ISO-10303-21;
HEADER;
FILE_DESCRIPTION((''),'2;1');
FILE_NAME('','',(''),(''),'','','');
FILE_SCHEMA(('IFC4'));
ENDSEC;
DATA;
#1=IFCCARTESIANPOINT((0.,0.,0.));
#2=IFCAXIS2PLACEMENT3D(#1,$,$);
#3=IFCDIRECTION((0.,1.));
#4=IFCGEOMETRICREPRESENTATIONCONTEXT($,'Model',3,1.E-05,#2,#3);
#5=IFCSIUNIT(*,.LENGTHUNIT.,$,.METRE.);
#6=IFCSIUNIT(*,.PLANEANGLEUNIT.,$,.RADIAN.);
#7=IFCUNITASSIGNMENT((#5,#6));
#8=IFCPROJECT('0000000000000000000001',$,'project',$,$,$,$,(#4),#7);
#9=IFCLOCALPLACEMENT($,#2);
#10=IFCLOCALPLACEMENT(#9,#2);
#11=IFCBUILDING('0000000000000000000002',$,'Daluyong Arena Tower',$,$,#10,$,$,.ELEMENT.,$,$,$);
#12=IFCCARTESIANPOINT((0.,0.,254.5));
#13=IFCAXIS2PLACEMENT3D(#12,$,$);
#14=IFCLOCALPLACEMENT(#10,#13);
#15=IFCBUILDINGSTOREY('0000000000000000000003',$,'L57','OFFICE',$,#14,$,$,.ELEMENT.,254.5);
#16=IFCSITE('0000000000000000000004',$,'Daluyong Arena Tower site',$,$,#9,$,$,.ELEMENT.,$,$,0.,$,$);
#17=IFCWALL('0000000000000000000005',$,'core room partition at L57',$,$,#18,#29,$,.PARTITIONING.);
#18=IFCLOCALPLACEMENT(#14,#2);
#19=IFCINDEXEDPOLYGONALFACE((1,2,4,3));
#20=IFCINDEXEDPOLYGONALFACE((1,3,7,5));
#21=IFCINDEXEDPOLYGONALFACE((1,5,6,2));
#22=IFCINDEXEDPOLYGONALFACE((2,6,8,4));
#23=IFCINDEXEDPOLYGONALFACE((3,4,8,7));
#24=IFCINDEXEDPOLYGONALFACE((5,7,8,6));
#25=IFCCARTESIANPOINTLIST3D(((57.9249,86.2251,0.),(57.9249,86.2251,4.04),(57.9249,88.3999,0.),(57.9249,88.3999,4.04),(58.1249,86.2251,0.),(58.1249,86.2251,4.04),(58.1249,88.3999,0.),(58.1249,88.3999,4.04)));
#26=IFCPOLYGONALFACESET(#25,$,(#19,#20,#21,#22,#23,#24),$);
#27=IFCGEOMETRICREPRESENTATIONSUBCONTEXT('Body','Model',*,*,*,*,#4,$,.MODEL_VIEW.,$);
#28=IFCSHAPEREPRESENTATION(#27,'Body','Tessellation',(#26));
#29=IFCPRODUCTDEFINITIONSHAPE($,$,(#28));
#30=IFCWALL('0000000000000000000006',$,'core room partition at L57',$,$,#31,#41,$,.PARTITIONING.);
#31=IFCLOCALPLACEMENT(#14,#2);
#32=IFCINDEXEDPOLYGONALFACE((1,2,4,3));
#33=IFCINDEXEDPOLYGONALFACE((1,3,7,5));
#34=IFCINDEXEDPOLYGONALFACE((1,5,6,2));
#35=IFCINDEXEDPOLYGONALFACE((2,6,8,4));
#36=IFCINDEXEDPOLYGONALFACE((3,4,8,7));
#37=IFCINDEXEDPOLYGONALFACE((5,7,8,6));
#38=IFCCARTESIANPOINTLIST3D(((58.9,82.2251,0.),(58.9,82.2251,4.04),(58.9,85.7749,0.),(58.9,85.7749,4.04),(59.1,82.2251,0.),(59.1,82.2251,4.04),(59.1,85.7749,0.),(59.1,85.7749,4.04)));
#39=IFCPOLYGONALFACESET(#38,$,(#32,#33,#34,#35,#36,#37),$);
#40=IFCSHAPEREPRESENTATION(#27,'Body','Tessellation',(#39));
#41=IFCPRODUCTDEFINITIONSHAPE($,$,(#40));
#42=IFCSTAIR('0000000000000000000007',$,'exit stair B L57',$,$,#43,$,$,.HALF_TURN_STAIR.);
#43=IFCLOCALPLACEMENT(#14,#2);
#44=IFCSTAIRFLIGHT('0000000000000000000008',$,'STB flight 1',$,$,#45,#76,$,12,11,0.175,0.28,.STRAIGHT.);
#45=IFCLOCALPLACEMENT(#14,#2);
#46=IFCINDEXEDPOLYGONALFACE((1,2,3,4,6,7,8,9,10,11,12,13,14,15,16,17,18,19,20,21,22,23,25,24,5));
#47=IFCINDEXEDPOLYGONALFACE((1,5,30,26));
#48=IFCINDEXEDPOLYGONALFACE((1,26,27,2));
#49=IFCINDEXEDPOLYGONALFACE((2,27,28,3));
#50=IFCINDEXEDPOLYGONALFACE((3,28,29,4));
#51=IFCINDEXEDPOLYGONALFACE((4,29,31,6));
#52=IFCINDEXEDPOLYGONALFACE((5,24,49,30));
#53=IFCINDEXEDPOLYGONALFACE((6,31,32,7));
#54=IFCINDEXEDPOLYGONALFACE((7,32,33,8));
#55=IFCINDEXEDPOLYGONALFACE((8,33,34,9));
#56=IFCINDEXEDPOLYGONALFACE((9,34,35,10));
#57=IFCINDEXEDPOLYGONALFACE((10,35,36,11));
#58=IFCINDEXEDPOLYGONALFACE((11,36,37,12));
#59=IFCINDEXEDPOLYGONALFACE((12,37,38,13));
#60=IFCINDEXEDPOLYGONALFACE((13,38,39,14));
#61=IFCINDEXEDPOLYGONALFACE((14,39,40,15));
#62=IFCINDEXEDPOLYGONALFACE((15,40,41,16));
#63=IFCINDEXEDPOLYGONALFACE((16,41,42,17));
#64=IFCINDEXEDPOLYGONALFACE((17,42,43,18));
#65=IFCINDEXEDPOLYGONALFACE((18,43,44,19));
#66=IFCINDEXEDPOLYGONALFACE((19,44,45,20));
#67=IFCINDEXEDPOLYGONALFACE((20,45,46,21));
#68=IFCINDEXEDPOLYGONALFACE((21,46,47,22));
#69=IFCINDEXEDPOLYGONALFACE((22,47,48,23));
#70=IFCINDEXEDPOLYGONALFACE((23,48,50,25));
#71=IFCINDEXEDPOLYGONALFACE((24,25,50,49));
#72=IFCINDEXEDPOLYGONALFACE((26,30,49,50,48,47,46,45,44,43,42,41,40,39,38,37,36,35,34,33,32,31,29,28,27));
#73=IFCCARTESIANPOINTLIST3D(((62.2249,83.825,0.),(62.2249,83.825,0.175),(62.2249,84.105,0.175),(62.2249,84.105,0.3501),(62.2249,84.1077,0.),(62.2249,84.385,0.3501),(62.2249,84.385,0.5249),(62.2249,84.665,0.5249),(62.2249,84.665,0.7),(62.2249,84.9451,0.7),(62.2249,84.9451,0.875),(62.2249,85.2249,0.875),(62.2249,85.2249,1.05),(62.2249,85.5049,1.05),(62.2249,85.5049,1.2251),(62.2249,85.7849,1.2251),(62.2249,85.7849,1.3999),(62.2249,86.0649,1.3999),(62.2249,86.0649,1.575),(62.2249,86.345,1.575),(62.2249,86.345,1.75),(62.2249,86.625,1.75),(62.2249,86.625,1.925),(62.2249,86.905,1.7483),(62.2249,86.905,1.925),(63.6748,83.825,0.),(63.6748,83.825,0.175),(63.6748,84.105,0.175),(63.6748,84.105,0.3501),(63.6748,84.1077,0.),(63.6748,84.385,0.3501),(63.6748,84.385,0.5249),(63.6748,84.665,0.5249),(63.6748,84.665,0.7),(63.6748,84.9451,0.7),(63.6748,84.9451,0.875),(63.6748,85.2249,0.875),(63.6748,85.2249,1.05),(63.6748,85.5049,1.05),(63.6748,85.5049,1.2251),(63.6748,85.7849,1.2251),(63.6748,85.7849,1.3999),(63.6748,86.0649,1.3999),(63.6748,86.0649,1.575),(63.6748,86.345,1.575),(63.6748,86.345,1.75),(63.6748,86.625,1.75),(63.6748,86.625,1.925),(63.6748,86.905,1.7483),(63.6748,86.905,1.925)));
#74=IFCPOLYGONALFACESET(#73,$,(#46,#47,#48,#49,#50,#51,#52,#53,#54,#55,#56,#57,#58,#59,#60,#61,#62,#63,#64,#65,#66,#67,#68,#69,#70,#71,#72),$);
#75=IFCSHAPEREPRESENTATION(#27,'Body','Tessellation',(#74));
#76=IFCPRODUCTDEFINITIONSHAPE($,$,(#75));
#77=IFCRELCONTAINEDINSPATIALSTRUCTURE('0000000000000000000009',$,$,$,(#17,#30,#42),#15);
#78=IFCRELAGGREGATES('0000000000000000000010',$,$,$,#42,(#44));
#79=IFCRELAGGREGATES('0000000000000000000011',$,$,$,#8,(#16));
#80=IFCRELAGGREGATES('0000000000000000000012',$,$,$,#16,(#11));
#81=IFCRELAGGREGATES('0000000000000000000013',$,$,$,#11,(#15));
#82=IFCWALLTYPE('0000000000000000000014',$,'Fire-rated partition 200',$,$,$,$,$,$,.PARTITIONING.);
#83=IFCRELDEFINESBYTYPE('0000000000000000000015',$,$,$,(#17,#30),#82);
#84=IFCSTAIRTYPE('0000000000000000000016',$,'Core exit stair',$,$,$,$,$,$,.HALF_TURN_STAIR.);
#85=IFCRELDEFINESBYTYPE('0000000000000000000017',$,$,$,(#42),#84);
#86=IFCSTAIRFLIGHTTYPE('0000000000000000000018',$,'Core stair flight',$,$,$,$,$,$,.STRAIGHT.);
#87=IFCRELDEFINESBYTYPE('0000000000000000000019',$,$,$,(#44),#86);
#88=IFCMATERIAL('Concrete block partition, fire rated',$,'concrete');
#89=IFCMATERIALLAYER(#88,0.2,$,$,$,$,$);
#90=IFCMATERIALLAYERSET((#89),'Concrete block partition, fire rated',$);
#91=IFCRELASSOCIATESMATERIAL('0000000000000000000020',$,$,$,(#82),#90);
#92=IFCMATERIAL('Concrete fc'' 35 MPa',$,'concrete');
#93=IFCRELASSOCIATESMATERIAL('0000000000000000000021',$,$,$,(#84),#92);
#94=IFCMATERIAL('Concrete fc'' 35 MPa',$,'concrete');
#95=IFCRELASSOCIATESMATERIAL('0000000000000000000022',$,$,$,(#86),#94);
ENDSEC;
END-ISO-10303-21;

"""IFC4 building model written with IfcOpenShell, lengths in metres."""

from ifc_helpers import new_model, si_unit, direction, frame, frame_2d, origin, place, context, subcontext, project, spatial, polyline, rectangle, outline, extrude, material, layer, layer_set, type_object, element, aggregate, save


model = new_model("IFC4")

# Units and contexts
model_context = context("Model", 3, precision=1e-05, world=origin(), true_north=direction((0.0, 1.0)))
body_context = subcontext(model_context, "Body", "Model", "MODEL_VIEW")
ifc_project = project(units=[si_unit("LENGTHUNIT", "METRE"), si_unit("PLANEANGLEUNIT", "RADIAN")], contexts=[model_context])

# Site, building, storey
site_placement = place(None, origin())
site = spatial("IfcSite", under=ifc_project, at=site_placement, Name="Daluyong Arena Tower site", CompositionType="ELEMENT", RefElevation=0.0)
building_placement = place(site_placement, origin())
building = spatial("IfcBuilding", under=site, at=building_placement, Name="Daluyong Arena Tower", CompositionType="ELEMENT")
storey_placement = place(building_placement, frame((0.0, 0.0, 254.5)))
storey = spatial("IfcBuildingStorey", under=building, at=storey_placement, Name="L57", Description="OFFICE", CompositionType="ELEMENT", Elevation=254.5)

# Shared definitions
ifc_material_1 = material(Name="Concrete block partition, fire rated", Category="concrete")
ifc_layer_1 = layer(ifc_material_1, 0.2)
ifc_layer_set_1 = layer_set([ifc_layer_1], Name="Concrete block partition, fire rated")
wall_type_1 = type_object("IfcWallType", Name="Fire-rated partition 200", PredefinedType="PARTITIONING", material=ifc_layer_set_1)

# Walls
wall_1_placement = place(storey_placement, frame((58.0249, 86.2251, 0.0), z_axis=(0.0, 0.0, 1.0), x_axis=(0.0, 1.0, 0.0)))
element("IfcWall", 1, at=wall_1_placement, inside=storey, type_object=wall_type_1, Name="core room partition at L57", PredefinedType="PARTITIONING", context=body_context, shape_type="SweptSolid", body=[
    extrude(rectangle(XDim=2.1748, YDim=0.2, at=frame_2d((1.0874, 0.0))), origin(), (0.0, 0.0, 1.0), 4.04),
])
wall_2_placement = place(storey_placement, frame((59.0, 82.2251, 0.0), z_axis=(0.0, 0.0, 1.0), x_axis=(0.0, 1.0, 0.0)))
element("IfcWall", 2, at=wall_2_placement, inside=storey, type_object=wall_type_1, Name="core room partition at L57", PredefinedType="PARTITIONING", context=body_context, shape_type="SweptSolid", body=[
    extrude(rectangle(XDim=3.5498, YDim=0.2, at=frame_2d((1.7749, 0.0))), origin(), (0.0, 0.0, 1.0), 4.04),
])

# Stair, stair flight
ifc_material_2 = material(Name="Concrete fc' 35 MPa", Category="concrete")
stair_type = type_object("IfcStairType", Name="Core exit stair", PredefinedType="HALF_TURN_STAIR", material=ifc_material_2)
stair_placement = place(storey_placement, origin())
stair = element("IfcStair", 3, at=stair_placement, inside=storey, type_object=stair_type, Name="exit stair B L57", PredefinedType="HALF_TURN_STAIR")
ifc_material_3 = material(Name="Concrete fc' 35 MPa", Category="concrete")
stair_flight_type = type_object("IfcStairFlightType", Name="Core stair flight", PredefinedType="STRAIGHT", material=ifc_material_3)
stair_flight_placement = place(storey_placement, frame((62.95, 83.825, 0.0), z_axis=(0.0, 0.0, 1.0), x_axis=(0.0, 1.0, 0.0)))
stair_flight = element("IfcStairFlight", 4, at=stair_flight_placement, type_object=stair_flight_type, Name="STB flight 1", NumberOfRisers=12, NumberOfTreads=11, PredefinedType="STRAIGHT", RiserHeight=0.175, TreadLength=0.28, context=body_context, shape_type="SweptSolid", body=[
    extrude(outline(polyline([(0.0, 0.0), (0.0, 0.175), (0.28, 0.175), (0.28, 0.3501), (0.5601, 0.3501), (0.5601, 0.5249), (0.8401, 0.5249), (0.8401, 0.7), (1.1201, 0.7), (1.1201, 0.875), (1.3999, 0.875), (1.3999, 1.05), (1.6799, 1.05), (1.6799, 1.2251), (1.96, 1.2251), (1.96, 1.3999), (2.24, 1.3999), (2.24, 1.575), (2.52, 1.575), (2.52, 1.75), (2.8, 1.75), (2.8, 1.925), (3.0801, 1.925), (3.0801, 2.1001), (3.0801, 1.7483), (0.2827, 0.0), (0.0, 0.0)])), frame((0.0, 0.7251, 0.0), z_axis=(0.0, -1.0, 0.0), x_axis=(1.0, 0.0, 0.0)), (0.0, 0.0, 1.0), 1.45),
])
aggregate(stair, [stair_flight])

save(model, "model.ifc")
